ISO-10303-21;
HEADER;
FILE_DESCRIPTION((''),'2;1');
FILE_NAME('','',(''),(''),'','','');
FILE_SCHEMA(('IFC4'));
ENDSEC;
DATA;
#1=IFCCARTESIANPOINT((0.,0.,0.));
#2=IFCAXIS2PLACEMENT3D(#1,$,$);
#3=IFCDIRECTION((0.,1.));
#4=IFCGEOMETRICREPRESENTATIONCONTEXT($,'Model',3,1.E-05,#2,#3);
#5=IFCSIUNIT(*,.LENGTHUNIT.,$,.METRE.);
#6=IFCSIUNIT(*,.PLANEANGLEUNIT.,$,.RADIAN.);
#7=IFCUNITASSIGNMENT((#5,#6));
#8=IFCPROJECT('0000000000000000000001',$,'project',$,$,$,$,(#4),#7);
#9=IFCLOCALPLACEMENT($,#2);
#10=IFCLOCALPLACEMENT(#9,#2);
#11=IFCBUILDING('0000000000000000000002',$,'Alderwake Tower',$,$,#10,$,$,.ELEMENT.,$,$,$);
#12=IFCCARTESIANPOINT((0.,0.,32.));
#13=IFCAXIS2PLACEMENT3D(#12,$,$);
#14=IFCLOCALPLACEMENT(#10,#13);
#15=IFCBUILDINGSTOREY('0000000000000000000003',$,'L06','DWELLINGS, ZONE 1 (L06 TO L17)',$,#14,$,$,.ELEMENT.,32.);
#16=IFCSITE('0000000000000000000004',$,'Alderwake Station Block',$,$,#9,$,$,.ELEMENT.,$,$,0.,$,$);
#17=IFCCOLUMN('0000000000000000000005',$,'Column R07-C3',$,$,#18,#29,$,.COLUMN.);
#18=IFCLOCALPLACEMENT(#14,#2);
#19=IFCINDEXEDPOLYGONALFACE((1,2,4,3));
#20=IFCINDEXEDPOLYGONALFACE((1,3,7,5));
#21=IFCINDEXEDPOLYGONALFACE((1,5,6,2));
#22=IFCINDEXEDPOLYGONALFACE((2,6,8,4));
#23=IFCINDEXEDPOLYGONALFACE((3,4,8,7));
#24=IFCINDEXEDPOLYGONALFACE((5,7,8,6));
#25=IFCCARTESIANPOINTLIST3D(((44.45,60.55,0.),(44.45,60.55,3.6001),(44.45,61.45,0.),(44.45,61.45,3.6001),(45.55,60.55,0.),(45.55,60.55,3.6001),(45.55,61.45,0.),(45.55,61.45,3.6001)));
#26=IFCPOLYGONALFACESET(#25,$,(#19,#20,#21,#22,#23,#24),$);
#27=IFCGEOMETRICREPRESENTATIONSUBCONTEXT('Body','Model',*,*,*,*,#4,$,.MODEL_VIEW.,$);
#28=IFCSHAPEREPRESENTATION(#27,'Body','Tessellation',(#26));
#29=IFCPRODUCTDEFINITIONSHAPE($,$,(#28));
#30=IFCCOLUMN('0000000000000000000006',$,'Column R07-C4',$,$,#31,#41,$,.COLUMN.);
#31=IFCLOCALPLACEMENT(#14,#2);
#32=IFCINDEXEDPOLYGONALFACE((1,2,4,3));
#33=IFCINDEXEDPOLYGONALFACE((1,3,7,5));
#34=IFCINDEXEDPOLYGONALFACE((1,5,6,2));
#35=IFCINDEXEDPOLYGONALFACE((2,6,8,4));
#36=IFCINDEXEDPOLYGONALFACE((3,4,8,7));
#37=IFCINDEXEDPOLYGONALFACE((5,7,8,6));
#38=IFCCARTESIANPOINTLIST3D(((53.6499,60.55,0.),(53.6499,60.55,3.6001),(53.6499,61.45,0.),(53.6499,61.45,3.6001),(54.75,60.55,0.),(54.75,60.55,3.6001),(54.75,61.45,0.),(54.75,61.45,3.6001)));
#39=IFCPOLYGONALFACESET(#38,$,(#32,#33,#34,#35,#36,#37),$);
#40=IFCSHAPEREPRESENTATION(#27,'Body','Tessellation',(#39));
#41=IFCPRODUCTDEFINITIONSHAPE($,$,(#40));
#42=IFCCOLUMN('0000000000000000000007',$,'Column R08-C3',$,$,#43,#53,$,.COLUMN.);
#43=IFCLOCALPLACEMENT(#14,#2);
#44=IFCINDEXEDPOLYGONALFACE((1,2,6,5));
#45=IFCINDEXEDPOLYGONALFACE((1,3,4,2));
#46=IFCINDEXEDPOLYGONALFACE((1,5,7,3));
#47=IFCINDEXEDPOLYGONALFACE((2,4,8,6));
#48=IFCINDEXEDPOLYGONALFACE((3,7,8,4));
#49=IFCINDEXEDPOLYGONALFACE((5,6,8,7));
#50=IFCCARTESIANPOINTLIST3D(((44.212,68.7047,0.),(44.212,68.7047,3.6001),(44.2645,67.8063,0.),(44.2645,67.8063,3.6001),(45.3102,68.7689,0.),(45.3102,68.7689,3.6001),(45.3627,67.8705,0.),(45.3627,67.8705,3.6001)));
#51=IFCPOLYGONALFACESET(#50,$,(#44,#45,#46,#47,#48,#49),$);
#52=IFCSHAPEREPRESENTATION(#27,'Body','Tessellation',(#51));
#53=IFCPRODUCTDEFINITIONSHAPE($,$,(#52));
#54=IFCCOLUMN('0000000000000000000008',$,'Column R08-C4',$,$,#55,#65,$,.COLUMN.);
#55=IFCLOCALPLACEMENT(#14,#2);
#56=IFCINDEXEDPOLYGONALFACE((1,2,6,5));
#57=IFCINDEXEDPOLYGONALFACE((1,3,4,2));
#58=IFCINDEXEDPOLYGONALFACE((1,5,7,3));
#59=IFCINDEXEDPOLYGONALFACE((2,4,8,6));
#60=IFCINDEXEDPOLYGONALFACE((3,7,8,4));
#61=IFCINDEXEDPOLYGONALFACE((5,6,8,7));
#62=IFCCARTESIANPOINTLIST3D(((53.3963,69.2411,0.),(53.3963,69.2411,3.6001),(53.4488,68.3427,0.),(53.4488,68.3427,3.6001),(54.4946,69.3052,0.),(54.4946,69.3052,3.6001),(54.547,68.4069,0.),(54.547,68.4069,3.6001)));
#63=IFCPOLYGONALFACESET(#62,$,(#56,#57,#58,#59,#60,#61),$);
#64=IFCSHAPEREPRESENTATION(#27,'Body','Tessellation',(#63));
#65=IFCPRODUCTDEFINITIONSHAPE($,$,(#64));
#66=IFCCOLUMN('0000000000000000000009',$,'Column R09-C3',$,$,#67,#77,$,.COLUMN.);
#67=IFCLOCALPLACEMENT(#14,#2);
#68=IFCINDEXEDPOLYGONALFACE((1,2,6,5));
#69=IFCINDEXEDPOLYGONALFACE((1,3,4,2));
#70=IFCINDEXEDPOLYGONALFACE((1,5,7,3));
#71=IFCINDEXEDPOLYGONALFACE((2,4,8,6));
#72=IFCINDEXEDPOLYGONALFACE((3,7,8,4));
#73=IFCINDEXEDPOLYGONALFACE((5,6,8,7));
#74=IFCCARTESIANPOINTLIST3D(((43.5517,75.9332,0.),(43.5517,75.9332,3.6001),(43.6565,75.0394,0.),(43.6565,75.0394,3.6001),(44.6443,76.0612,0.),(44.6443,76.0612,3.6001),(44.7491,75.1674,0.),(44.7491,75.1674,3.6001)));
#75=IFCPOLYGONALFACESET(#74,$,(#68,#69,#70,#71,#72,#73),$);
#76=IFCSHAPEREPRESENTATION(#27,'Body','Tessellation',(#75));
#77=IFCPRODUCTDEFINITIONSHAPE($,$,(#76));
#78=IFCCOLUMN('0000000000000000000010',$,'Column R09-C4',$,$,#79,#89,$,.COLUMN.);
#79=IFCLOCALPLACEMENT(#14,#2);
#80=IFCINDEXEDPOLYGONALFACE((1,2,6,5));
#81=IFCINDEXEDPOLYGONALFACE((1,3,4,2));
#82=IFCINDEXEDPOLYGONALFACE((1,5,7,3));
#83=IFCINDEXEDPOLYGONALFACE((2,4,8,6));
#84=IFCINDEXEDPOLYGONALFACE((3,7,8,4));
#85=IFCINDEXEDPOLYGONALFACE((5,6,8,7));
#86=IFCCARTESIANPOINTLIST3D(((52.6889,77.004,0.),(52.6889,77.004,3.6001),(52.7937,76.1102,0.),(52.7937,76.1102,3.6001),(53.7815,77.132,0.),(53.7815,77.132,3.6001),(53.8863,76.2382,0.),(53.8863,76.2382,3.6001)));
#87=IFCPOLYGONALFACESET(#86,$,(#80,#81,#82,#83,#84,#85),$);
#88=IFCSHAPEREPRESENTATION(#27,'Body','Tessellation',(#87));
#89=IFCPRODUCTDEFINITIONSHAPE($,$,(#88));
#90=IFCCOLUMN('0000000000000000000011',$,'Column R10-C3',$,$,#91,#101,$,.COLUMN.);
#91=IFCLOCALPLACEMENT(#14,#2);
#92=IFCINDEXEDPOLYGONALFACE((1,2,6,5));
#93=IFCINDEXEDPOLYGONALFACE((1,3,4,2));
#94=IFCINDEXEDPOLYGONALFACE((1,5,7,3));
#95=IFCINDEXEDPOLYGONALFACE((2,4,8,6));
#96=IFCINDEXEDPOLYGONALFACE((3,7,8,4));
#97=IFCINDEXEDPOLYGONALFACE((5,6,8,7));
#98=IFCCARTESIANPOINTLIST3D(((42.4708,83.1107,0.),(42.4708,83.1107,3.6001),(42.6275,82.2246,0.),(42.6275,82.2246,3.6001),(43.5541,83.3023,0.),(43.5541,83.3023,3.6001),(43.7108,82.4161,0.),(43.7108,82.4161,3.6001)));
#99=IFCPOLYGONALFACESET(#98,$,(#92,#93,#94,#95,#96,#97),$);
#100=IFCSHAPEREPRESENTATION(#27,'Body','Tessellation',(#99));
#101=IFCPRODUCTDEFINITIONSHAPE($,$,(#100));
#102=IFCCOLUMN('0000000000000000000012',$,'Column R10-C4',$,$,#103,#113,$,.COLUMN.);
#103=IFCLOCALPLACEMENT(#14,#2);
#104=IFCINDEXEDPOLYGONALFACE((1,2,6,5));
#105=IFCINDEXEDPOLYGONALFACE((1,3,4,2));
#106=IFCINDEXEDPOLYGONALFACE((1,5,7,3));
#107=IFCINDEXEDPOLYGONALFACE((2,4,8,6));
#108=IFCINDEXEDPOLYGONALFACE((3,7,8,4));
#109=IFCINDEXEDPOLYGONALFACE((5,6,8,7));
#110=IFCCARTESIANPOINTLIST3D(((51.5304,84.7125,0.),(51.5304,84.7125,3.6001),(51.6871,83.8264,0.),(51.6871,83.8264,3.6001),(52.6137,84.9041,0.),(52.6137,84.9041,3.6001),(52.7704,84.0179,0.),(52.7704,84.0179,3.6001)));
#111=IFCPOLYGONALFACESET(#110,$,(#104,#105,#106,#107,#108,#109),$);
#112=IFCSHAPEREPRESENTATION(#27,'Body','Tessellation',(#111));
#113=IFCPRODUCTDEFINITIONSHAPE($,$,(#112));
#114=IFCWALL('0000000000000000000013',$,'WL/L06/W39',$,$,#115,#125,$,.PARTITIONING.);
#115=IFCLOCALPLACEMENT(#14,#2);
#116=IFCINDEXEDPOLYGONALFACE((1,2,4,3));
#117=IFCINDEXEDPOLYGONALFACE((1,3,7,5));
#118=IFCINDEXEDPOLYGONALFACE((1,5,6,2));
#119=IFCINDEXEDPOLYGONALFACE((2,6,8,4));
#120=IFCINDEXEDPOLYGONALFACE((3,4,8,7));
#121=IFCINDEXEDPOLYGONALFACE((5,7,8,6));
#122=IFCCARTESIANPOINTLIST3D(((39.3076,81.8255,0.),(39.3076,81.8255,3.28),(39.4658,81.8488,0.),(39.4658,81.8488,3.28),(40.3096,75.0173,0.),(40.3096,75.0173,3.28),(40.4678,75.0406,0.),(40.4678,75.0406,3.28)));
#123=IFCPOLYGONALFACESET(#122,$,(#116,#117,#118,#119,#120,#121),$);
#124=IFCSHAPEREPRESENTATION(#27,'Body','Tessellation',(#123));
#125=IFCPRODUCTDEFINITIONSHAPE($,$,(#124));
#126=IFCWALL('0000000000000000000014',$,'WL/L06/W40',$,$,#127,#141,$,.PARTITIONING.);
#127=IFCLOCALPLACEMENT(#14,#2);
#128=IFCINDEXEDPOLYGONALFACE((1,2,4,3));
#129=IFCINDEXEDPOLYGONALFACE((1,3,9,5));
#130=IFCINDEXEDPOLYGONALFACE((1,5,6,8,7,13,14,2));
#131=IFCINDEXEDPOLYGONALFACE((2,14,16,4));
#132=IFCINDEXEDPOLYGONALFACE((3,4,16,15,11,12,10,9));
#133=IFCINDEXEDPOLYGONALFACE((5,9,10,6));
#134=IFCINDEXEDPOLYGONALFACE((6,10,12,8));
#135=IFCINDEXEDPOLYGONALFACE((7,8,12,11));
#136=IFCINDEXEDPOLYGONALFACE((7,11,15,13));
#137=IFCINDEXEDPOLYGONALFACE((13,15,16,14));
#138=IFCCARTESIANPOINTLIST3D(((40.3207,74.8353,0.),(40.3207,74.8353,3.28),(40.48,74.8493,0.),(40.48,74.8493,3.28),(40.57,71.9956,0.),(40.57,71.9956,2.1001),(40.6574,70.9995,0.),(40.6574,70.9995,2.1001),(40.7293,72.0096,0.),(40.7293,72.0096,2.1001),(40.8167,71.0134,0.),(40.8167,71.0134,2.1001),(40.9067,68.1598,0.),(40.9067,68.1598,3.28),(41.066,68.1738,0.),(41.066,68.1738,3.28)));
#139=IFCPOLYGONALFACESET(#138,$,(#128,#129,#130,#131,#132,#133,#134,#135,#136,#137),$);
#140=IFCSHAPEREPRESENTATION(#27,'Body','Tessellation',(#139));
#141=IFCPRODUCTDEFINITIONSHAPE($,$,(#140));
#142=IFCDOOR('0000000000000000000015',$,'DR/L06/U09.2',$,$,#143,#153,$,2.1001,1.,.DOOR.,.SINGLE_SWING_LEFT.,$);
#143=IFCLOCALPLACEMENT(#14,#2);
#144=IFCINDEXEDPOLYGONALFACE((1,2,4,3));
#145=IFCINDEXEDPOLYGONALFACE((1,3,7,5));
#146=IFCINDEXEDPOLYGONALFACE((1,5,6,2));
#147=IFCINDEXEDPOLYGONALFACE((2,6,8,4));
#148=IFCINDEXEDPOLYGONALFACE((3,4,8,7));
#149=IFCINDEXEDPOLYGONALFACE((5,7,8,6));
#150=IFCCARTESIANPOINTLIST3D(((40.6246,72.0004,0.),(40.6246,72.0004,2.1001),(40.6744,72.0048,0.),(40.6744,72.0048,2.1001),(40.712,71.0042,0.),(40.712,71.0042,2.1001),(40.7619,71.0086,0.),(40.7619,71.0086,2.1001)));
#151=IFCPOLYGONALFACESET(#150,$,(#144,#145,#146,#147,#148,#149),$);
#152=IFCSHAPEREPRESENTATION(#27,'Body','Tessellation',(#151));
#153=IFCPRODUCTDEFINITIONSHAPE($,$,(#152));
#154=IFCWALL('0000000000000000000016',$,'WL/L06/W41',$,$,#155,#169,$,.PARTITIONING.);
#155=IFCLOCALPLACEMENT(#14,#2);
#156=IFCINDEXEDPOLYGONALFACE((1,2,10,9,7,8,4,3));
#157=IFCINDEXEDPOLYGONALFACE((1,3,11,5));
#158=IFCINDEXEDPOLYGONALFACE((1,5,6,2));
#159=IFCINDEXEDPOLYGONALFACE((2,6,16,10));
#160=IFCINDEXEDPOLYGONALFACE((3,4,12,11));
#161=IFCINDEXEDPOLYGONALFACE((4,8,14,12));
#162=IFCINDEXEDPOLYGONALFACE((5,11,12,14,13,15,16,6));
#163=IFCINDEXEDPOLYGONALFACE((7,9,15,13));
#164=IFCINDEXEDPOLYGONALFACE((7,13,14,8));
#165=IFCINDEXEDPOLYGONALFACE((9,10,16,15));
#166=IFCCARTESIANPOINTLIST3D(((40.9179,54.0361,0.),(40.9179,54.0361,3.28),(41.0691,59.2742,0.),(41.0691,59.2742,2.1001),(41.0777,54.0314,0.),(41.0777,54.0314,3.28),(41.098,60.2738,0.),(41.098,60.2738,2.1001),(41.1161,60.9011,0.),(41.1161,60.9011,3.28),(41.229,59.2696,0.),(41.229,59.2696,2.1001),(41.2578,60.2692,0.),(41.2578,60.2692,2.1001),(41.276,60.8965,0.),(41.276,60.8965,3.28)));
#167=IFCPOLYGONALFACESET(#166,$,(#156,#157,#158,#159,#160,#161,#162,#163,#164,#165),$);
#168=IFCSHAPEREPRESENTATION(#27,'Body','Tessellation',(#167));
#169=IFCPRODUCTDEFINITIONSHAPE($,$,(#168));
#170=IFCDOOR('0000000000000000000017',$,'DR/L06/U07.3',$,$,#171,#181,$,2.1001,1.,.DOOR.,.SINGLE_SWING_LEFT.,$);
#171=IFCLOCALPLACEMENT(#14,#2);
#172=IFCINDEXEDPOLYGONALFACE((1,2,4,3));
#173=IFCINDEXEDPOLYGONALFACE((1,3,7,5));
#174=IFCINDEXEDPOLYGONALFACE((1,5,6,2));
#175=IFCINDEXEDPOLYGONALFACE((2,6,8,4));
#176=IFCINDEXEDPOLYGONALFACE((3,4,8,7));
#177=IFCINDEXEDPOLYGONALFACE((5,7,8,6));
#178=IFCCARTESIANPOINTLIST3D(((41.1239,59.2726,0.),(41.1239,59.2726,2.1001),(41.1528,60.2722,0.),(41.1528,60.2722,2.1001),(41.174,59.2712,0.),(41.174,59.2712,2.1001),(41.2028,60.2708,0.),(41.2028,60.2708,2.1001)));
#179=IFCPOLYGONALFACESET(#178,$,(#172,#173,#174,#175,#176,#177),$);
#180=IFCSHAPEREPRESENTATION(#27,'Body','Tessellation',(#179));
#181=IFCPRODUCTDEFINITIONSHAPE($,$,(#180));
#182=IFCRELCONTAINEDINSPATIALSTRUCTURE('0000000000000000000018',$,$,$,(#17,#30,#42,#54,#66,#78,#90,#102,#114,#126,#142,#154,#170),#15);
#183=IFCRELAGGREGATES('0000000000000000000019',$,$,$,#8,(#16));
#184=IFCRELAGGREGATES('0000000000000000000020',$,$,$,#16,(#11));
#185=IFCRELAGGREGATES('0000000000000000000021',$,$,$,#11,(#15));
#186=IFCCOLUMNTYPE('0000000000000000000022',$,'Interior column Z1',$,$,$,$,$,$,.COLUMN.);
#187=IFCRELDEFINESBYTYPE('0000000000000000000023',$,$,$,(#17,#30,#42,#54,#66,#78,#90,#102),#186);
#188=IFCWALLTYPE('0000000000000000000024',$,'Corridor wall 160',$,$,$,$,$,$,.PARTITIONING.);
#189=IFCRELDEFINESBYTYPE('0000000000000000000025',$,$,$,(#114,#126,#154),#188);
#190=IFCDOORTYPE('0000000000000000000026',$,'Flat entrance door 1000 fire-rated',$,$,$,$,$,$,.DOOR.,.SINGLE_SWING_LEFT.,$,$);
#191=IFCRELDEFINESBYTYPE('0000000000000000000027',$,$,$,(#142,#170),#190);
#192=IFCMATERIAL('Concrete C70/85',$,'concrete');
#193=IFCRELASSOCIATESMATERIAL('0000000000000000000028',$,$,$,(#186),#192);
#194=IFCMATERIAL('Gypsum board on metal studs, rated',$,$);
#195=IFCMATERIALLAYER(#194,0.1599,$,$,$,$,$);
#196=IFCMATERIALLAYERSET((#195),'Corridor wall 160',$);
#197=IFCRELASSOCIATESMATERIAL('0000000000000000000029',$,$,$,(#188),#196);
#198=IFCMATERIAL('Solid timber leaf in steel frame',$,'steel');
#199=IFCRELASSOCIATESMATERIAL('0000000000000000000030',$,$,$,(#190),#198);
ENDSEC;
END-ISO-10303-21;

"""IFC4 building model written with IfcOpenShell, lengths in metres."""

from ifc_helpers import new_model, si_unit, direction, frame, frame_2d, origin, origin_2d, place, context, subcontext, project, spatial, rectangle, extrude, material, layer, layer_set, material_profile, profile_set, type_object, element, fill, save


model = new_model("IFC4")

# Units and contexts
model_context = context("Model", 3, precision=1e-05, world=origin(), true_north=direction((0.0, 1.0)))
body_context = subcontext(model_context, "Body", "Model", "MODEL_VIEW")
ifc_project = project(units=[si_unit("LENGTHUNIT", "METRE"), si_unit("PLANEANGLEUNIT", "RADIAN")], contexts=[model_context])

# Site, building, storey
site_placement = place(None, origin())
site = spatial("IfcSite", under=ifc_project, at=site_placement, Name="Alderwake Station Block", CompositionType="ELEMENT", RefElevation=0.0)
building_placement = place(site_placement, origin())
building = spatial("IfcBuilding", under=site, at=building_placement, Name="Alderwake Tower", CompositionType="ELEMENT")
storey_placement = place(building_placement, frame((0.0, 0.0, 32.0)))
storey = spatial("IfcBuildingStorey", under=building, at=storey_placement, Name="L06", Description="DWELLINGS, ZONE 1 (L06 TO L17)", CompositionType="ELEMENT", Elevation=32.0)

# Columns
ifc_material_1 = material(Name="Concrete C70/85", Category="concrete")
ifc_material_profile = material_profile(ifc_material_1, rectangle(XDim=0.8999, YDim=1.1001, at=origin_2d()), Name="RC 1100X900")
ifc_profile_set = profile_set([ifc_material_profile], Name="Concrete C70/85")
column_type = type_object("IfcColumnType", Name="Interior column Z1", PredefinedType="COLUMN", material=ifc_profile_set)
for number, where, z_axis, x_axis, name in (
    (1, (45.0, 61.0, 0.0), (0.0, 0.0, 1.0), (0.0, 1.0, 0.0), "Column R07-C3"),
    (2, (54.2, 61.0, 0.0), (0.0, 0.0, 1.0), (0.0, 1.0, 0.0), "Column R07-C4"),
    (3, (44.7874, 68.2876, 0.0), (0.0, 0.0, 1.0), (-0.058299, 0.998299, 0.0), "Column R08-C3"),
    (4, (53.9717, 68.824, 0.0), (0.0, 0.0, 1.0), (-0.058301, 0.998299, 0.0), "Column R08-C4"),
    (5, (44.1504, 75.5503, 0.0), (0.0, 0.0, 1.0), (-0.116402, 0.993202, 0.0), "Column R09-C3"),
    (6, (53.2876, 76.6211, 0.0), (0.0, 0.0, 1.0), (-0.116402, 0.993202, 0.0), "Column R09-C4"),
    (7, (43.0908, 82.7634, 0.0), (0.0, 0.0, 1.0), (-0.174109, 0.984726, 0.0), "Column R10-C3"),
    (8, (52.1504, 84.3652, 0.0), (0.0, 0.0, 1.0), (-0.174109, 0.984726, 0.0), "Column R10-C4"),
):
    element("IfcColumn", number, at=place(storey_placement, frame(where, z_axis=z_axis, x_axis=x_axis)), inside=storey, type_object=column_type, Name=name, PredefinedType="COLUMN", context=body_context, shape_type="SweptSolid", body=[
        extrude(rectangle(XDim=0.8999, YDim=1.1001, at=origin_2d()), origin(), (0.0, 0.0, 1.0), 3.6001),
    ])

# Wall
ifc_material_2 = material(Name="Gypsum board on metal studs, rated")
ifc_layer_1 = layer(ifc_material_2, 0.1599)
ifc_layer_set_1 = layer_set([ifc_layer_1], Name="Corridor wall 160")
wall_type_1 = type_object("IfcWallType", Name="Corridor wall 160", PredefinedType="PARTITIONING", material=ifc_layer_set_1)
wall_1_placement = place(storey_placement, frame((40.3887, 75.0288, 0.0), z_axis=(0.0, 0.0, 1.0), x_axis=(-0.145597, 0.989344, 0.0)))
element("IfcWall", 9, at=wall_1_placement, inside=storey, type_object=wall_type_1, Name="WL/L06/W39", PredefinedType="PARTITIONING", context=body_context, shape_type="SweptSolid", body=[
    extrude(rectangle(XDim=6.8816, YDim=0.1599, at=frame_2d((3.4409, 0.0))), origin(), (0.0, 0.0, 1.0), 3.28),
])

# Walls, openings, doors
wall_2_placement = place(storey_placement, frame((40.4004, 74.8423, 0.0), z_axis=(0.0, 0.0, 1.0), x_axis=(0.087438, -0.99617, 0.0)))
wall_2 = element("IfcWall", 10, at=wall_2_placement, inside=storey, type_object=wall_type_1, Name="WL/L06/W40", PredefinedType="PARTITIONING", context=body_context, shape_type="SweptSolid", body=[
    extrude(rectangle(XDim=6.7012, YDim=0.1599, at=frame_2d((3.3506, 0.0))), origin(), (0.0, 0.0, 1.0), 3.28),
])
opening_1_placement = place(wall_2_placement, frame((2.8506, 0.0, 0.0)))
opening_1 = element("IfcOpeningElement", 11, at=opening_1_placement, cuts=wall_2, PredefinedType="OPENING", context=body_context, shape_type="SweptSolid", body=[
    extrude(rectangle(XDim=1.0, YDim=2.1001, at=frame_2d((0.5, 1.05))), frame((0.0, 0.0898, 0.0), z_axis=(0.0, -1.0, 0.0), x_axis=(1.0, 0.0, 0.0)), (0.0, 0.0, 1.0), 0.1799),
])
ifc_material_3 = material(Name="Solid timber leaf in steel frame", Category="steel")
door_type_1 = type_object("IfcDoorType", Name="Flat entrance door 1000 fire-rated", OperationType="SINGLE_SWING_LEFT", PredefinedType="DOOR", material=ifc_material_3)
door_1_placement = place(opening_1_placement, origin())
door_1 = element("IfcDoor", 12, at=door_1_placement, inside=storey, type_object=door_type_1, Name="DR/L06/U09.2", OperationType="SINGLE_SWING_LEFT", OverallHeight=2.1001, OverallWidth=1.0, PredefinedType="DOOR", context=body_context, shape_type="SweptSolid", body=[
    extrude(rectangle(XDim=1.0, YDim=2.1001, at=frame_2d((0.5, 1.05))), frame((0.0, 0.0249, 0.0), z_axis=(0.0, -1.0, 0.0), x_axis=(1.0, 0.0, 0.0)), (0.0, 0.0, 1.0), 0.05),
])
fill(opening_1, door_1)
wall_3_placement = place(storey_placement, frame((41.196, 60.8989, 0.0), z_axis=(0.0, 0.0, 1.0), x_axis=(-0.028865, -0.999583, 0.0)))
wall_3 = element("IfcWall", 13, at=wall_3_placement, inside=storey, type_object=wall_type_1, Name="WL/L06/W41", PredefinedType="PARTITIONING", context=body_context, shape_type="SweptSolid", body=[
    extrude(rectangle(XDim=6.8679, YDim=0.1599, at=frame_2d((3.4341, 0.0))), origin(), (0.0, 0.0, 1.0), 3.28),
])
opening_2_placement = place(wall_3_placement, frame((0.6277, 0.0, 0.0)))
opening_2 = element("IfcOpeningElement", 14, at=opening_2_placement, cuts=wall_3, PredefinedType="OPENING", context=body_context, shape_type="SweptSolid", body=[
    extrude(rectangle(XDim=1.0, YDim=2.1001, at=frame_2d((0.5, 1.05))), frame((0.0, 0.0898, 0.0), z_axis=(0.0, -1.0, 0.0), x_axis=(1.0, 0.0, 0.0)), (0.0, 0.0, 1.0), 0.1799),
])
door_2_placement = place(opening_2_placement, origin())
door_2 = element("IfcDoor", 15, at=door_2_placement, inside=storey, type_object=door_type_1, Name="DR/L06/U07.3", OperationType="SINGLE_SWING_LEFT", OverallHeight=2.1001, OverallWidth=1.0, PredefinedType="DOOR", context=body_context, shape_type="SweptSolid", body=[
    extrude(rectangle(XDim=1.0, YDim=2.1001, at=frame_2d((0.5, 1.05))), frame((0.0, 0.0249, 0.0), z_axis=(0.0, -1.0, 0.0), x_axis=(1.0, 0.0, 0.0)), (0.0, 0.0, 1.0), 0.05),
])
fill(opening_2, door_2)

save(model, "model.ifc")
